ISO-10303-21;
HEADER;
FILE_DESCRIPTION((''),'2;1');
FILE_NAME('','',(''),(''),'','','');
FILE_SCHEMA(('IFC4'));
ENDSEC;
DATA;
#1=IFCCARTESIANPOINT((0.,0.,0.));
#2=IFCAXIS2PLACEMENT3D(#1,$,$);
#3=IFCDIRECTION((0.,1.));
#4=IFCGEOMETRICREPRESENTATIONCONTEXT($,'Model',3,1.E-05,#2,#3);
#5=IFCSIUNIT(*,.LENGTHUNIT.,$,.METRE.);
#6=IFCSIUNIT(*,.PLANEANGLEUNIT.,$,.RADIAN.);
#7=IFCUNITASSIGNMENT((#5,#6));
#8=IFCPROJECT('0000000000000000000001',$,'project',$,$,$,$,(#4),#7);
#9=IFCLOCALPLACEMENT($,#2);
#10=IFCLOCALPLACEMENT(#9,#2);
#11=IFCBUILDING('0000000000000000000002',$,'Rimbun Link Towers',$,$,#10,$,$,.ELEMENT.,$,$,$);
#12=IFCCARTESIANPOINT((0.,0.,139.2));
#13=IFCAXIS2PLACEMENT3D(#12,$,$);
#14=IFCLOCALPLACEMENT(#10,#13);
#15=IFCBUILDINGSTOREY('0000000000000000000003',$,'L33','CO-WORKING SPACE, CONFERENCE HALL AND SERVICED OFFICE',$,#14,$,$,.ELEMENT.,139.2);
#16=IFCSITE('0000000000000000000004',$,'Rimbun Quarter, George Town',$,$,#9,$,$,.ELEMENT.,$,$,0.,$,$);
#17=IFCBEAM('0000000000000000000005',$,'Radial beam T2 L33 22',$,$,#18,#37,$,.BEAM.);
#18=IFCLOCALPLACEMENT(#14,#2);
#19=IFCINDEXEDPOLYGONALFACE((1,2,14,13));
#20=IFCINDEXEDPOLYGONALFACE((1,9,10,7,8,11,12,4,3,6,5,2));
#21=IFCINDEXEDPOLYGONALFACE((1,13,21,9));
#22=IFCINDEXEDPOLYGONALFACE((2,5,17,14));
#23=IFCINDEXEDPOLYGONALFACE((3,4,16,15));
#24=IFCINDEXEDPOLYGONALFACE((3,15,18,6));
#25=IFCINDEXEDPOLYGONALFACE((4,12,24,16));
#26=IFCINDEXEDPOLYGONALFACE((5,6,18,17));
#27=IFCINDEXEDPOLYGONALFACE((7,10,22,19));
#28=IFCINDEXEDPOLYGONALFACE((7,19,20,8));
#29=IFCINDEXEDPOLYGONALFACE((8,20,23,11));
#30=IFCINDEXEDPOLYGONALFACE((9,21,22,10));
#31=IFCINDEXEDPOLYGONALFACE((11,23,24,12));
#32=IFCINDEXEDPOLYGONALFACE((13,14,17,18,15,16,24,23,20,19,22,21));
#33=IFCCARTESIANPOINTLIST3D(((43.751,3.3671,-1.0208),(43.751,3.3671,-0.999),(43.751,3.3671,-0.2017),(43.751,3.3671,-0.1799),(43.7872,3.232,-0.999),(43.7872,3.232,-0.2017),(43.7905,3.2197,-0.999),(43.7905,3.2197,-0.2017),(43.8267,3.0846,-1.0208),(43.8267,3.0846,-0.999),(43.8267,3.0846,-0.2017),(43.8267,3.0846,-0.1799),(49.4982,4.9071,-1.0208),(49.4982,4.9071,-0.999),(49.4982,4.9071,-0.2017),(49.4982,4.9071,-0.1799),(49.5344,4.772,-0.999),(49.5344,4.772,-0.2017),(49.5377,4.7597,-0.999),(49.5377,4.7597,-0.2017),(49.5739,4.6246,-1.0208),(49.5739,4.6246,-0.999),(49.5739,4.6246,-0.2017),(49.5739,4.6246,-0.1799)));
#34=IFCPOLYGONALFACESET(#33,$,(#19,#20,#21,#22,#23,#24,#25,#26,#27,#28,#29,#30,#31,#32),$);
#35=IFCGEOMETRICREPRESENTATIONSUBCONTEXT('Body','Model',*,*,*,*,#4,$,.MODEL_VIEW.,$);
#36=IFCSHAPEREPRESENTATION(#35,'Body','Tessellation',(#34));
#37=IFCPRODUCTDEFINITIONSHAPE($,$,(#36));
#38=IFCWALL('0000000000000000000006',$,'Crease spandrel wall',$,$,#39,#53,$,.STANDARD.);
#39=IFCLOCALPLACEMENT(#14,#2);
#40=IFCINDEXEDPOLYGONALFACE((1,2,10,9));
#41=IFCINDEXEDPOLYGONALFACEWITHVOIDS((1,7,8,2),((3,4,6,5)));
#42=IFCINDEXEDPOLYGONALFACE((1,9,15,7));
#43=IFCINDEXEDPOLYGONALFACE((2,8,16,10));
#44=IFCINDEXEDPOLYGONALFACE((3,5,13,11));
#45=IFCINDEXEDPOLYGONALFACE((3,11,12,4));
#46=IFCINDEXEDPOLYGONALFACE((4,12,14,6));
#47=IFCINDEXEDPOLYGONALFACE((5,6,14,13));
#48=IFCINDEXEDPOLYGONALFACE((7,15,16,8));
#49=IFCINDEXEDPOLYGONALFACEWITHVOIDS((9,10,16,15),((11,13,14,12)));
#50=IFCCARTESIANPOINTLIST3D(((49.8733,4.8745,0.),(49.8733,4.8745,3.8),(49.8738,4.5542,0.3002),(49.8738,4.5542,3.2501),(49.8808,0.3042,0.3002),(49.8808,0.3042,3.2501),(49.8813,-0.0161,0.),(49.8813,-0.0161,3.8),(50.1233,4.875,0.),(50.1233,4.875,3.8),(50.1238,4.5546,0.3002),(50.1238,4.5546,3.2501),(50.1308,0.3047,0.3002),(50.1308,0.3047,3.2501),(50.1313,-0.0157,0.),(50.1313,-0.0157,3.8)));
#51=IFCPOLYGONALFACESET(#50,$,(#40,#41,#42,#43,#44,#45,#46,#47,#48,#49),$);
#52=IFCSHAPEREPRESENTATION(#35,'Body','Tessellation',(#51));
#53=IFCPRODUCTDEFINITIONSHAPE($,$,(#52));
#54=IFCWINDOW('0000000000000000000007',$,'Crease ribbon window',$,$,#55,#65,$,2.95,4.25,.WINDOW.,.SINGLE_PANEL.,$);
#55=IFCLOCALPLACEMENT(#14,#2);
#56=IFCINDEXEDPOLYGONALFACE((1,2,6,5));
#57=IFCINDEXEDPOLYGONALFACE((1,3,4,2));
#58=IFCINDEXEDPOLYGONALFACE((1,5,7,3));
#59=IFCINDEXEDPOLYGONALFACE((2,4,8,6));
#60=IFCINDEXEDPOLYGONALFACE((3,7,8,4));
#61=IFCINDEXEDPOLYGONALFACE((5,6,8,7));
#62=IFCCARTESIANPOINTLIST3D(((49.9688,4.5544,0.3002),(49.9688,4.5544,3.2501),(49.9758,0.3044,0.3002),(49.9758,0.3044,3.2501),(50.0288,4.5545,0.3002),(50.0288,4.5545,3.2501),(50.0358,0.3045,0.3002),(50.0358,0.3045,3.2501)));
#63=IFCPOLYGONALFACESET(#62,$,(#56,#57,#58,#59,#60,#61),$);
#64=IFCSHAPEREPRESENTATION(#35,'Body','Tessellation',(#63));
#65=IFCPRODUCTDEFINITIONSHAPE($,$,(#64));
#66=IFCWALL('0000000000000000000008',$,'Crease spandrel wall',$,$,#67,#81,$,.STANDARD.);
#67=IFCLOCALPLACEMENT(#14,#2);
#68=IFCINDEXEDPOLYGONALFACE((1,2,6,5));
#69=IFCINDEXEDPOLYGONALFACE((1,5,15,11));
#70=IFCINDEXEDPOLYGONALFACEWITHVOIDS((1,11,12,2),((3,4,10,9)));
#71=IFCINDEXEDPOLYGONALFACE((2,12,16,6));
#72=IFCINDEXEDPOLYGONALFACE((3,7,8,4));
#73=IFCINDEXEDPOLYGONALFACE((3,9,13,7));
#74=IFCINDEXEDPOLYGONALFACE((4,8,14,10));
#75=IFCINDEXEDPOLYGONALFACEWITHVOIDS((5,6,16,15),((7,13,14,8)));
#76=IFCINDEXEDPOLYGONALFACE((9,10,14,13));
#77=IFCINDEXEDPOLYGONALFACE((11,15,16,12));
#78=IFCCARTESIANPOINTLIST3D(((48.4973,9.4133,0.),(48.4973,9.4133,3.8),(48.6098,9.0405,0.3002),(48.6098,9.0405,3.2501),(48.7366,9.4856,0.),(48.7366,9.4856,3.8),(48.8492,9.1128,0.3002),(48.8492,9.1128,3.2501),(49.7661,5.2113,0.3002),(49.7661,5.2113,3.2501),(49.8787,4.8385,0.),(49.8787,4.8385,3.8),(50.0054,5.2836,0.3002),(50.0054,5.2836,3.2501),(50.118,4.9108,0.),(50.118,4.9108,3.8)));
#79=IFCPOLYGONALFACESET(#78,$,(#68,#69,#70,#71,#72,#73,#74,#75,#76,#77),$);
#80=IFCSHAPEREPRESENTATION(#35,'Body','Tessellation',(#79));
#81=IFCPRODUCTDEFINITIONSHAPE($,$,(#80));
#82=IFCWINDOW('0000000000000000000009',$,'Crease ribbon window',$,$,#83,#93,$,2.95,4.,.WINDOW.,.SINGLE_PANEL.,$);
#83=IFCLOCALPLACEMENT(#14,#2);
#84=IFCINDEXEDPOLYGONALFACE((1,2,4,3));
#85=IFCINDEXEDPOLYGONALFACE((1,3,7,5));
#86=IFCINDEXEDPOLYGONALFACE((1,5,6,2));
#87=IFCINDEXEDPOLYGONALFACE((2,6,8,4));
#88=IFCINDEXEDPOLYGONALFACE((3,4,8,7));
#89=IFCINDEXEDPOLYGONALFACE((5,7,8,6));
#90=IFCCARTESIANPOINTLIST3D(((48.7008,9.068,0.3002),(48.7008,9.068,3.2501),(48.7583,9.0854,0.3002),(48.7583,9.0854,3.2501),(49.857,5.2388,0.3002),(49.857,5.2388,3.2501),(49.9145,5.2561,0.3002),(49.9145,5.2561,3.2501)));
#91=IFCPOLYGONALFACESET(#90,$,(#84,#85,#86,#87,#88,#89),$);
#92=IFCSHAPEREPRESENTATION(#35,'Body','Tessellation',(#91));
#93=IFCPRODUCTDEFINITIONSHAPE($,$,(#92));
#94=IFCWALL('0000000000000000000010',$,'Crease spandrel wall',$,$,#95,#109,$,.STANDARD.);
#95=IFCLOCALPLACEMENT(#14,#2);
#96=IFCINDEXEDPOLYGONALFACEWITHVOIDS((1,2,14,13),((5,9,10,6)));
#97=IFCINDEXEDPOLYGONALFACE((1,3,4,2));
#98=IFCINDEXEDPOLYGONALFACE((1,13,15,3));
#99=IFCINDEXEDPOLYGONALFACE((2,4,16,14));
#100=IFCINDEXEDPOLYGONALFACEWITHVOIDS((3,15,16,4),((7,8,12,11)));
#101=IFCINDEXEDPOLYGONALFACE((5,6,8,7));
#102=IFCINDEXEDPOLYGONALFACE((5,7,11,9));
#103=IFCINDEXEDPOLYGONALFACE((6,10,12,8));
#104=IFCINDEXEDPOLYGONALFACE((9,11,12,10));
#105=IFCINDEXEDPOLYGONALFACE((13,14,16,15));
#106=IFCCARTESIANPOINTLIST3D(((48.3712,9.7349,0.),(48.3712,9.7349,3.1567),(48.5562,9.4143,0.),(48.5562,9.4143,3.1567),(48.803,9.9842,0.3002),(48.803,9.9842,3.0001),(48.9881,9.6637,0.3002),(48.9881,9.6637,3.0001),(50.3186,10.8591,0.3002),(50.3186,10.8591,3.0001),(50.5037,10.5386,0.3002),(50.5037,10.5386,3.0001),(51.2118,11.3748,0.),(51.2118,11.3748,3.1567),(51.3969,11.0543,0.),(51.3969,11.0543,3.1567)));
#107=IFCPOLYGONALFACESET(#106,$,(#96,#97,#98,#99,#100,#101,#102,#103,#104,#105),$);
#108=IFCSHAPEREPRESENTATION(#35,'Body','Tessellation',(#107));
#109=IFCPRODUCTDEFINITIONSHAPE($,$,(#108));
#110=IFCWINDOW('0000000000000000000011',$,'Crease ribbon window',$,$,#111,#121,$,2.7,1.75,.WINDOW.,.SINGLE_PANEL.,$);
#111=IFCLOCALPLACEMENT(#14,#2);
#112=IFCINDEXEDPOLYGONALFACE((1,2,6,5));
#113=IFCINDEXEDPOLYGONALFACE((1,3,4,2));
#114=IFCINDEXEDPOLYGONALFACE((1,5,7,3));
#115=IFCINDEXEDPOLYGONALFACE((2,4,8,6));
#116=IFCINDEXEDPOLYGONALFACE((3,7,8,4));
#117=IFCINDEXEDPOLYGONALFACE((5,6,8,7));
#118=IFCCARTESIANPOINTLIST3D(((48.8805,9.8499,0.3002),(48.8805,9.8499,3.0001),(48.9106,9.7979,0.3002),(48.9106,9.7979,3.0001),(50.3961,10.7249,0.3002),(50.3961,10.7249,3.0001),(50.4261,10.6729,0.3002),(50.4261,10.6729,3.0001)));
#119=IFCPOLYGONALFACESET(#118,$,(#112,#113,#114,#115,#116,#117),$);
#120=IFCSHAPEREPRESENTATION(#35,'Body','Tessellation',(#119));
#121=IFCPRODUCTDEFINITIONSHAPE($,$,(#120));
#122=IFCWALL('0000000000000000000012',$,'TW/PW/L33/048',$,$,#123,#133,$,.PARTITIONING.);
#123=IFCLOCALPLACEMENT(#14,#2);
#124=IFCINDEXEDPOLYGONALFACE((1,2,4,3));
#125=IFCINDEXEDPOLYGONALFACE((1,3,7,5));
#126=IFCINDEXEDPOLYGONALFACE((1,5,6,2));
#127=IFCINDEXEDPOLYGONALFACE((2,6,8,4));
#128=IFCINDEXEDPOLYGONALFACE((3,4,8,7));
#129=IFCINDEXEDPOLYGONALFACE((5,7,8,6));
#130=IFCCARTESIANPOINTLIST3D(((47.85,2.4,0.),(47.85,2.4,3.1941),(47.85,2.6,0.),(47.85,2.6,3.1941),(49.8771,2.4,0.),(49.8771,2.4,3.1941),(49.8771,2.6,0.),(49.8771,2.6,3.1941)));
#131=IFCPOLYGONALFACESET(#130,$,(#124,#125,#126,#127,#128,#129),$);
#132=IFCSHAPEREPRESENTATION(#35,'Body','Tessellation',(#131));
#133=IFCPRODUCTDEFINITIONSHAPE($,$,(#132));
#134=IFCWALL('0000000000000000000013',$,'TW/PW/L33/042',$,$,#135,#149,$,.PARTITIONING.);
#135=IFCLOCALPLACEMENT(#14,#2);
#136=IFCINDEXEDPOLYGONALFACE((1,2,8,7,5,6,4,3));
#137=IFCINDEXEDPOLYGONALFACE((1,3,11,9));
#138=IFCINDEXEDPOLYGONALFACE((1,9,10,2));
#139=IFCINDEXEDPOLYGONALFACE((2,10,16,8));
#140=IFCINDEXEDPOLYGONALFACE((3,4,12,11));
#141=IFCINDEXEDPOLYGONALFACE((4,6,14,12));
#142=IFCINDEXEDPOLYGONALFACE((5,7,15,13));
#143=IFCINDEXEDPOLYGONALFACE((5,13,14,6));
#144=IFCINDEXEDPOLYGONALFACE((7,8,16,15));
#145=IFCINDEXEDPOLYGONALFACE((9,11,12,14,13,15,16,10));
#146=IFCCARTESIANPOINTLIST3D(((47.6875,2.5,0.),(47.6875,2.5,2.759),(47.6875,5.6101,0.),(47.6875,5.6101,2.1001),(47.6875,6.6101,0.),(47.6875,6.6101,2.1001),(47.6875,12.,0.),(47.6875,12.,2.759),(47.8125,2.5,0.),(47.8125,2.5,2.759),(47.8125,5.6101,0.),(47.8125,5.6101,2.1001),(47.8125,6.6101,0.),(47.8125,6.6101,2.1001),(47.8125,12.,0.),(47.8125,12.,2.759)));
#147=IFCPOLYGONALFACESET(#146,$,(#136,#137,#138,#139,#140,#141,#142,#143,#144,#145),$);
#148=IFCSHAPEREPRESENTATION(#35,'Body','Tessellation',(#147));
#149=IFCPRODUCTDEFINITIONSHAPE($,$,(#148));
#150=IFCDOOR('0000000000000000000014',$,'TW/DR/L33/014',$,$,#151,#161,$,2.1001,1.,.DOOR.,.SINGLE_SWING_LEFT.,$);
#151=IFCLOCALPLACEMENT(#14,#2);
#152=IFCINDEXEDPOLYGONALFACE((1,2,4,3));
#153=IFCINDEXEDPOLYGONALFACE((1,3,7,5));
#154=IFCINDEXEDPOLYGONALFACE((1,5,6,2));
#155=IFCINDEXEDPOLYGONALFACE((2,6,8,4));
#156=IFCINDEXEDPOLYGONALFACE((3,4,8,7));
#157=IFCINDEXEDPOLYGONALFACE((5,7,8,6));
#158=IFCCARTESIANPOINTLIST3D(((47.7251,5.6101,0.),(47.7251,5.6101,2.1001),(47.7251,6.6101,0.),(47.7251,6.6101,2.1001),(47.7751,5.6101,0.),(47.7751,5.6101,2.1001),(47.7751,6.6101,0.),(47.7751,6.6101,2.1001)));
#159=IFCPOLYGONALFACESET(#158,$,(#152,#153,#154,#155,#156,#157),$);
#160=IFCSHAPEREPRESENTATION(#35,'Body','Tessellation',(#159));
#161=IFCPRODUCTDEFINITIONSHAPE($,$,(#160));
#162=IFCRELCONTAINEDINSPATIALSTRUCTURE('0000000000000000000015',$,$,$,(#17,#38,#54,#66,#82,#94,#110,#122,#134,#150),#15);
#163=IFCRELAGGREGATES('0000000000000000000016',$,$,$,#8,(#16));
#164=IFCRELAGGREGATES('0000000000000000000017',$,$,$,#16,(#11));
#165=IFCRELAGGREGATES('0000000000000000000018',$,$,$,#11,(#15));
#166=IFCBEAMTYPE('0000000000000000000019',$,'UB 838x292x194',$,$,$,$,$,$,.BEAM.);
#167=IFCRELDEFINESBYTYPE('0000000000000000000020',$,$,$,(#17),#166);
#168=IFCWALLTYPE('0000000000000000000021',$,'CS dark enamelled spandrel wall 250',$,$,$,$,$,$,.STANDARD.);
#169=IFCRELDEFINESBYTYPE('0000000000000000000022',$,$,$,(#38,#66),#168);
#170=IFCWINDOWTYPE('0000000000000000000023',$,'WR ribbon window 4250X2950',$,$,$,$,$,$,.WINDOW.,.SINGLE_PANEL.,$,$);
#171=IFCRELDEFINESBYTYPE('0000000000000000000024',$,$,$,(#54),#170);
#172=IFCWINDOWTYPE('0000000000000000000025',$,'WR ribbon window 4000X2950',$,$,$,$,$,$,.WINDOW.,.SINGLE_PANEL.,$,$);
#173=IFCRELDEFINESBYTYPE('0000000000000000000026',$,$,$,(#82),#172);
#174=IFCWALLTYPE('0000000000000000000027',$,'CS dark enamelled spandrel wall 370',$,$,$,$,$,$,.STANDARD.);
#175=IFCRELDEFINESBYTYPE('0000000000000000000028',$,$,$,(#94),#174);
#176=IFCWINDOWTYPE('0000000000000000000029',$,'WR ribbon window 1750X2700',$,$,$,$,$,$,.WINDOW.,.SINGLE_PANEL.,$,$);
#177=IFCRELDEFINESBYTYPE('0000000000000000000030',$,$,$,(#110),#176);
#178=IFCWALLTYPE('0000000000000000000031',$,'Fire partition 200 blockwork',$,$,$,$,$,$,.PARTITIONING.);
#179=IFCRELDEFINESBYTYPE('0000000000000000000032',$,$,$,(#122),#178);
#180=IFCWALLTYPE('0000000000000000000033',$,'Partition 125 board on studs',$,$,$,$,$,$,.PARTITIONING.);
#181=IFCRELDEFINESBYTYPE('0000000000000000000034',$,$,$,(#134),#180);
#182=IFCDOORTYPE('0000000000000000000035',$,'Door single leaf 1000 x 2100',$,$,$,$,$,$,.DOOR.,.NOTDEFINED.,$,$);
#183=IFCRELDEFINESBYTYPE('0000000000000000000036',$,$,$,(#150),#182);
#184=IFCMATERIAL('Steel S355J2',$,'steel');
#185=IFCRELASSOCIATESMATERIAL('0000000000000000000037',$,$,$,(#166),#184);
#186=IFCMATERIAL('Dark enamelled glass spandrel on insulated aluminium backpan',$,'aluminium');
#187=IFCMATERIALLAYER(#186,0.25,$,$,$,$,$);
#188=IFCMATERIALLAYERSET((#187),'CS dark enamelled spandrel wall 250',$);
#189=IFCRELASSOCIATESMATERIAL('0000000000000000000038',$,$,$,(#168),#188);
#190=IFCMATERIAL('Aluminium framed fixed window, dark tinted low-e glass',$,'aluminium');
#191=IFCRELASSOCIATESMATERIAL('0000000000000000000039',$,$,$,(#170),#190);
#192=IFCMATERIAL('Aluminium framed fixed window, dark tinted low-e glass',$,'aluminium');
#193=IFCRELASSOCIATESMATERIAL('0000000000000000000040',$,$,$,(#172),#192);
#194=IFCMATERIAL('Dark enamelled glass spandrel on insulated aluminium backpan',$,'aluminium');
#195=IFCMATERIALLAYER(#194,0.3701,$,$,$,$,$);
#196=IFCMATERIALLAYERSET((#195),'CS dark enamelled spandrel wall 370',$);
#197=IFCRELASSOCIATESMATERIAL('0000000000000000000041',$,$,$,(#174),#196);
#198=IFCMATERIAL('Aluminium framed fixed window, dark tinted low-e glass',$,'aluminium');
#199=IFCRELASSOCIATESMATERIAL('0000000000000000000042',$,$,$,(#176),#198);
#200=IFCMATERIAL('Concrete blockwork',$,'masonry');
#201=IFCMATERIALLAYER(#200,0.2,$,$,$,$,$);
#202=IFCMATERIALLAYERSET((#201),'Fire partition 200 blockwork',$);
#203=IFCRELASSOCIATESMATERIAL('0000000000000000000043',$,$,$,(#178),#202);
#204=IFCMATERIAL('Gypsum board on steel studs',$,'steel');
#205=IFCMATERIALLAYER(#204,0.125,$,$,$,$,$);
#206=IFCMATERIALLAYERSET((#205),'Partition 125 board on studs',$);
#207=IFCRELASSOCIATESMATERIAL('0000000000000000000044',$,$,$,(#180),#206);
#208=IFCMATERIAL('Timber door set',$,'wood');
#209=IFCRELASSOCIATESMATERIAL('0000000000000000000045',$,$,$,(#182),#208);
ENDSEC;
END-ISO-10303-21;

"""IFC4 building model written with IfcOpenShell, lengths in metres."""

from ifc_helpers import new_model, si_unit, direction, frame, frame_2d, origin, origin_2d, place, context, subcontext, project, spatial, rectangle, i_section, extrude, material, layer, layer_set, material_profile, profile_set, type_object, element, fill, save


model = new_model("IFC4")

# Units and contexts
model_context = context("Model", 3, precision=1e-05, world=origin(), true_north=direction((0.0, 1.0)))
body_context = subcontext(model_context, "Body", "Model", "MODEL_VIEW")
ifc_project = project(units=[si_unit("LENGTHUNIT", "METRE"), si_unit("PLANEANGLEUNIT", "RADIAN")], contexts=[model_context])

# Site, building, storey
site_placement = place(None, origin())
site = spatial("IfcSite", under=ifc_project, at=site_placement, Name="Rimbun Quarter, George Town", CompositionType="ELEMENT", RefElevation=0.0)
building_placement = place(site_placement, origin())
building = spatial("IfcBuilding", under=site, at=building_placement, Name="Rimbun Link Towers", CompositionType="ELEMENT")
storey_placement = place(building_placement, frame((0.0, 0.0, 139.2)))
storey = spatial("IfcBuildingStorey", under=building, at=storey_placement, Name="L33", Description="CO-WORKING SPACE, CONFERENCE HALL AND SERVICED OFFICE", CompositionType="ELEMENT", Elevation=139.2)

# Beam
ifc_material_1 = material(Name="Steel S355J2", Category="steel")
ifc_material_profile_1 = material_profile(ifc_material_1, i_section(OverallWidth=0.2925, OverallDepth=0.8408, WebThickness=0.0127, FlangeThickness=0.0217, at=origin_2d()), Name="UB 838x292x194")
ifc_profile_set_1 = profile_set([ifc_material_profile_1], Name="Steel S355J2")
beam_type_1 = type_object("IfcBeamType", Name="UB 838x292x194", PredefinedType="BEAM", material=ifc_profile_set_1)
beam_1_placement = place(storey_placement, frame((43.7888, 3.2258, -0.6003), z_axis=(0.965924, 0.258827, 0.0), x_axis=(-0.258827, 0.965924, 0.0)))
element("IfcBeam", 1, at=beam_1_placement, inside=storey, type_object=beam_type_1, Name="Radial beam T2 L33 22", PredefinedType="BEAM", context=body_context, shape_type="SweptSolid", body=[
    extrude(i_section(OverallWidth=0.2925, OverallDepth=0.8408, WebThickness=0.0127, FlangeThickness=0.0217, at=origin_2d()), origin(), (0.0, 0.0, 1.0), 5.95),
])

# Walls, openings, windows
ifc_material_2 = material(Name="Dark enamelled glass spandrel on insulated aluminium backpan", Category="aluminium")
ifc_layer_1 = layer(ifc_material_2, 0.25)
ifc_layer_set_1 = layer_set([ifc_layer_1], Name="CS dark enamelled spandrel wall 250")
wall_type_1 = type_object("IfcWallType", Name="CS dark enamelled spandrel wall 250", PredefinedType="STANDARD", material=ifc_layer_set_1)
wall_1_placement = place(storey_placement, frame((49.9983, 4.8748, 0.0), z_axis=(0.0, 0.0, 1.0), x_axis=(0.001647, -0.999999, 0.0)))
wall_1 = element("IfcWall", 2, at=wall_1_placement, inside=storey, type_object=wall_type_1, Name="Crease spandrel wall", PredefinedType="STANDARD", context=body_context, shape_type="SweptSolid", body=[
    extrude(rectangle(XDim=4.8906, YDim=0.25, at=frame_2d((2.4453, 0.0))), origin(), (0.0, 0.0, 1.0), 3.8),
])
opening_1_placement = place(wall_1_placement, frame((0.3203, 0.0, 0.3)))
opening_1 = element("IfcOpeningElement", 3, at=opening_1_placement, cuts=wall_1, PredefinedType="OPENING", context=body_context, shape_type="SweptSolid", body=[
    extrude(rectangle(XDim=4.25, YDim=2.95, at=frame_2d((2.125, 1.4751))), frame((0.0, 0.135, 0.0), z_axis=(0.0, -1.0, 0.0), x_axis=(1.0, 0.0, 0.0)), (0.0, 0.0, 1.0), 0.27),
])
ifc_material_3 = material(Name="Aluminium framed fixed window, dark tinted low-e glass", Category="aluminium")
window_type_1 = type_object("IfcWindowType", Name="WR ribbon window 4250X2950", PartitioningType="SINGLE_PANEL", PredefinedType="WINDOW", material=ifc_material_3)
window_1_placement = place(opening_1_placement, origin())
window_1 = element("IfcWindow", 4, at=window_1_placement, inside=storey, type_object=window_type_1, Name="Crease ribbon window", OverallHeight=2.95, OverallWidth=4.25, PartitioningType="SINGLE_PANEL", PredefinedType="WINDOW", context=body_context, shape_type="SweptSolid", body=[
    extrude(rectangle(XDim=4.25, YDim=2.95, at=frame_2d((2.125, 1.4751))), frame((0.0, 0.03, 0.0), z_axis=(0.0, -1.0, 0.0), x_axis=(1.0, 0.0, 0.0)), (0.0, 0.0, 1.0), 0.0601),
])
fill(opening_1, window_1)
wall_2_placement = place(storey_placement, frame((48.6169, 9.4495, 0.0), z_axis=(0.0, 0.0, 1.0), x_axis=(0.289063, -0.95731, 0.0)))
wall_2 = element("IfcWall", 5, at=wall_2_placement, inside=storey, type_object=wall_type_1, Name="Crease spandrel wall", PredefinedType="STANDARD", context=body_context, shape_type="SweptSolid", body=[
    extrude(rectangle(XDim=4.7788, YDim=0.25, at=frame_2d((2.3894, 0.0))), origin(), (0.0, 0.0, 1.0), 3.8),
])
opening_2_placement = place(wall_2_placement, frame((0.3894, 0.0, 0.3)))
opening_2 = element("IfcOpeningElement", 6, at=opening_2_placement, cuts=wall_2, PredefinedType="OPENING", context=body_context, shape_type="SweptSolid", body=[
    extrude(rectangle(XDim=4.0, YDim=2.95, at=frame_2d((2.0, 1.4751))), frame((0.0, 0.135, 0.0), z_axis=(0.0, -1.0, 0.0), x_axis=(1.0, 0.0, 0.0)), (0.0, 0.0, 1.0), 0.27),
])
ifc_material_4 = material(Name="Aluminium framed fixed window, dark tinted low-e glass", Category="aluminium")
window_type_2 = type_object("IfcWindowType", Name="WR ribbon window 4000X2950", PartitioningType="SINGLE_PANEL", PredefinedType="WINDOW", material=ifc_material_4)
window_2_placement = place(opening_2_placement, origin())
window_2 = element("IfcWindow", 7, at=window_2_placement, inside=storey, type_object=window_type_2, Name="Crease ribbon window", OverallHeight=2.95, OverallWidth=4.0, PartitioningType="SINGLE_PANEL", PredefinedType="WINDOW", context=body_context, shape_type="SweptSolid", body=[
    extrude(rectangle(XDim=4.0, YDim=2.95, at=frame_2d((2.0, 1.4751))), frame((0.0, 0.03, 0.0), z_axis=(0.0, -1.0, 0.0), x_axis=(1.0, 0.0, 0.0)), (0.0, 0.0, 1.0), 0.0601),
])
fill(opening_2, window_2)
ifc_material_5 = material(Name="Dark enamelled glass spandrel on insulated aluminium backpan", Category="aluminium")
ifc_layer_2 = layer(ifc_material_5, 0.3701)
ifc_layer_set_2 = layer_set([ifc_layer_2], Name="CS dark enamelled spandrel wall 370")
wall_type_2 = type_object("IfcWallType", Name="CS dark enamelled spandrel wall 370", PredefinedType="STANDARD", material=ifc_layer_set_2)
wall_3_placement = place(storey_placement, frame((51.3044, 11.2146, 0.0), z_axis=(0.0, 0.0, 1.0), x_axis=(-0.866041, -0.499974, 0.0)))
wall_3 = element("IfcWall", 8, at=wall_3_placement, inside=storey, type_object=wall_type_2, Name="Crease spandrel wall", PredefinedType="STANDARD", context=body_context, shape_type="SweptSolid", body=[
    extrude(rectangle(XDim=3.28, YDim=0.3701, at=frame_2d((1.6401, 0.0))), origin(), (0.0, 0.0, 1.0), 3.1567),
])
opening_3_placement = place(wall_3_placement, frame((1.0315, 0.0, 0.3)))
opening_3 = element("IfcOpeningElement", 9, at=opening_3_placement, cuts=wall_3, PredefinedType="OPENING", context=body_context, shape_type="SweptSolid", body=[
    extrude(rectangle(XDim=1.75, YDim=2.7, at=frame_2d((0.875, 1.3501))), frame((0.0, 0.1951, 0.0), z_axis=(0.0, -1.0, 0.0), x_axis=(1.0, 0.0, 0.0)), (0.0, 0.0, 1.0), 0.3901),
])
ifc_material_6 = material(Name="Aluminium framed fixed window, dark tinted low-e glass", Category="aluminium")
window_type_3 = type_object("IfcWindowType", Name="WR ribbon window 1750X2700", PartitioningType="SINGLE_PANEL", PredefinedType="WINDOW", material=ifc_material_6)
window_3_placement = place(opening_3_placement, origin())
window_3 = element("IfcWindow", 10, at=window_3_placement, inside=storey, type_object=window_type_3, Name="Crease ribbon window", OverallHeight=2.7, OverallWidth=1.75, PartitioningType="SINGLE_PANEL", PredefinedType="WINDOW", context=body_context, shape_type="SweptSolid", body=[
    extrude(rectangle(XDim=1.75, YDim=2.7, at=frame_2d((0.875, 1.3501))), frame((0.0, 0.03, 0.0), z_axis=(0.0, -1.0, 0.0), x_axis=(1.0, 0.0, 0.0)), (0.0, 0.0, 1.0), 0.0601),
])
fill(opening_3, window_3)

# Wall
ifc_material_7 = material(Name="Concrete blockwork", Category="masonry")
ifc_layer_3 = layer(ifc_material_7, 0.2)
ifc_layer_set_3 = layer_set([ifc_layer_3], Name="Fire partition 200 blockwork")
wall_type_3 = type_object("IfcWallType", Name="Fire partition 200 blockwork", PredefinedType="PARTITIONING", material=ifc_layer_set_3)
wall_4_placement = place(storey_placement, frame((49.8772, 2.5, 0.0), z_axis=(0.0, 0.0, 1.0), x_axis=(-1.0, 0.0, 0.0)))
element("IfcWall", 11, at=wall_4_placement, inside=storey, type_object=wall_type_3, Name="TW/PW/L33/048", PredefinedType="PARTITIONING", context=body_context, shape_type="SweptSolid", body=[
    extrude(rectangle(XDim=2.0271, YDim=0.2, at=frame_2d((1.0137, 0.0))), origin(), (0.0, 0.0, 1.0), 3.1941),
])

# Wall, opening, door
ifc_material_8 = material(Name="Gypsum board on steel studs", Category="steel")
ifc_layer_4 = layer(ifc_material_8, 0.125)
ifc_layer_set_4 = layer_set([ifc_layer_4], Name="Partition 125 board on studs")
wall_type_4 = type_object("IfcWallType", Name="Partition 125 board on studs", PredefinedType="PARTITIONING", material=ifc_layer_set_4)
wall_5_placement = place(storey_placement, frame((47.75, 2.5, 0.0), z_axis=(0.0, 0.0, 1.0), x_axis=(0.0, 1.0, 0.0)))
wall_5 = element("IfcWall", 12, at=wall_5_placement, inside=storey, type_object=wall_type_4, Name="TW/PW/L33/042", PredefinedType="PARTITIONING", context=body_context, shape_type="SweptSolid", body=[
    extrude(rectangle(XDim=9.5, YDim=0.125, at=frame_2d((4.75, 0.0))), origin(), (0.0, 0.0, 1.0), 2.759),
])
opening_4_placement = place(wall_5_placement, frame((3.1101, 0.0, 0.0)))
opening_4 = element("IfcOpeningElement", 13, at=opening_4_placement, cuts=wall_5, PredefinedType="OPENING", context=body_context, shape_type="SweptSolid", body=[
    extrude(rectangle(XDim=1.0, YDim=2.1001, at=frame_2d((0.5, 1.05))), frame((0.0, 0.0725, 0.0), z_axis=(0.0, -1.0, 0.0), x_axis=(1.0, 0.0, 0.0)), (0.0, 0.0, 1.0), 0.145),
])
ifc_material_9 = material(Name="Timber door set", Category="wood")
door_type_1 = type_object("IfcDoorType", Name="Door single leaf 1000 x 2100", OperationType="NOTDEFINED", PredefinedType="DOOR", material=ifc_material_9)
door_1_placement = place(opening_4_placement, origin())
door_1 = element("IfcDoor", 14, at=door_1_placement, inside=storey, type_object=door_type_1, Name="TW/DR/L33/014", OperationType="SINGLE_SWING_LEFT", OverallHeight=2.1001, OverallWidth=1.0, PredefinedType="DOOR", context=body_context, shape_type="SweptSolid", body=[
    extrude(rectangle(XDim=1.0, YDim=2.1001, at=frame_2d((0.5, 1.05))), frame((0.0, 0.0249, 0.0), z_axis=(0.0, -1.0, 0.0), x_axis=(1.0, 0.0, 0.0)), (0.0, 0.0, 1.0), 0.05),
])
fill(opening_4, door_1)

save(model, "model.ifc")
